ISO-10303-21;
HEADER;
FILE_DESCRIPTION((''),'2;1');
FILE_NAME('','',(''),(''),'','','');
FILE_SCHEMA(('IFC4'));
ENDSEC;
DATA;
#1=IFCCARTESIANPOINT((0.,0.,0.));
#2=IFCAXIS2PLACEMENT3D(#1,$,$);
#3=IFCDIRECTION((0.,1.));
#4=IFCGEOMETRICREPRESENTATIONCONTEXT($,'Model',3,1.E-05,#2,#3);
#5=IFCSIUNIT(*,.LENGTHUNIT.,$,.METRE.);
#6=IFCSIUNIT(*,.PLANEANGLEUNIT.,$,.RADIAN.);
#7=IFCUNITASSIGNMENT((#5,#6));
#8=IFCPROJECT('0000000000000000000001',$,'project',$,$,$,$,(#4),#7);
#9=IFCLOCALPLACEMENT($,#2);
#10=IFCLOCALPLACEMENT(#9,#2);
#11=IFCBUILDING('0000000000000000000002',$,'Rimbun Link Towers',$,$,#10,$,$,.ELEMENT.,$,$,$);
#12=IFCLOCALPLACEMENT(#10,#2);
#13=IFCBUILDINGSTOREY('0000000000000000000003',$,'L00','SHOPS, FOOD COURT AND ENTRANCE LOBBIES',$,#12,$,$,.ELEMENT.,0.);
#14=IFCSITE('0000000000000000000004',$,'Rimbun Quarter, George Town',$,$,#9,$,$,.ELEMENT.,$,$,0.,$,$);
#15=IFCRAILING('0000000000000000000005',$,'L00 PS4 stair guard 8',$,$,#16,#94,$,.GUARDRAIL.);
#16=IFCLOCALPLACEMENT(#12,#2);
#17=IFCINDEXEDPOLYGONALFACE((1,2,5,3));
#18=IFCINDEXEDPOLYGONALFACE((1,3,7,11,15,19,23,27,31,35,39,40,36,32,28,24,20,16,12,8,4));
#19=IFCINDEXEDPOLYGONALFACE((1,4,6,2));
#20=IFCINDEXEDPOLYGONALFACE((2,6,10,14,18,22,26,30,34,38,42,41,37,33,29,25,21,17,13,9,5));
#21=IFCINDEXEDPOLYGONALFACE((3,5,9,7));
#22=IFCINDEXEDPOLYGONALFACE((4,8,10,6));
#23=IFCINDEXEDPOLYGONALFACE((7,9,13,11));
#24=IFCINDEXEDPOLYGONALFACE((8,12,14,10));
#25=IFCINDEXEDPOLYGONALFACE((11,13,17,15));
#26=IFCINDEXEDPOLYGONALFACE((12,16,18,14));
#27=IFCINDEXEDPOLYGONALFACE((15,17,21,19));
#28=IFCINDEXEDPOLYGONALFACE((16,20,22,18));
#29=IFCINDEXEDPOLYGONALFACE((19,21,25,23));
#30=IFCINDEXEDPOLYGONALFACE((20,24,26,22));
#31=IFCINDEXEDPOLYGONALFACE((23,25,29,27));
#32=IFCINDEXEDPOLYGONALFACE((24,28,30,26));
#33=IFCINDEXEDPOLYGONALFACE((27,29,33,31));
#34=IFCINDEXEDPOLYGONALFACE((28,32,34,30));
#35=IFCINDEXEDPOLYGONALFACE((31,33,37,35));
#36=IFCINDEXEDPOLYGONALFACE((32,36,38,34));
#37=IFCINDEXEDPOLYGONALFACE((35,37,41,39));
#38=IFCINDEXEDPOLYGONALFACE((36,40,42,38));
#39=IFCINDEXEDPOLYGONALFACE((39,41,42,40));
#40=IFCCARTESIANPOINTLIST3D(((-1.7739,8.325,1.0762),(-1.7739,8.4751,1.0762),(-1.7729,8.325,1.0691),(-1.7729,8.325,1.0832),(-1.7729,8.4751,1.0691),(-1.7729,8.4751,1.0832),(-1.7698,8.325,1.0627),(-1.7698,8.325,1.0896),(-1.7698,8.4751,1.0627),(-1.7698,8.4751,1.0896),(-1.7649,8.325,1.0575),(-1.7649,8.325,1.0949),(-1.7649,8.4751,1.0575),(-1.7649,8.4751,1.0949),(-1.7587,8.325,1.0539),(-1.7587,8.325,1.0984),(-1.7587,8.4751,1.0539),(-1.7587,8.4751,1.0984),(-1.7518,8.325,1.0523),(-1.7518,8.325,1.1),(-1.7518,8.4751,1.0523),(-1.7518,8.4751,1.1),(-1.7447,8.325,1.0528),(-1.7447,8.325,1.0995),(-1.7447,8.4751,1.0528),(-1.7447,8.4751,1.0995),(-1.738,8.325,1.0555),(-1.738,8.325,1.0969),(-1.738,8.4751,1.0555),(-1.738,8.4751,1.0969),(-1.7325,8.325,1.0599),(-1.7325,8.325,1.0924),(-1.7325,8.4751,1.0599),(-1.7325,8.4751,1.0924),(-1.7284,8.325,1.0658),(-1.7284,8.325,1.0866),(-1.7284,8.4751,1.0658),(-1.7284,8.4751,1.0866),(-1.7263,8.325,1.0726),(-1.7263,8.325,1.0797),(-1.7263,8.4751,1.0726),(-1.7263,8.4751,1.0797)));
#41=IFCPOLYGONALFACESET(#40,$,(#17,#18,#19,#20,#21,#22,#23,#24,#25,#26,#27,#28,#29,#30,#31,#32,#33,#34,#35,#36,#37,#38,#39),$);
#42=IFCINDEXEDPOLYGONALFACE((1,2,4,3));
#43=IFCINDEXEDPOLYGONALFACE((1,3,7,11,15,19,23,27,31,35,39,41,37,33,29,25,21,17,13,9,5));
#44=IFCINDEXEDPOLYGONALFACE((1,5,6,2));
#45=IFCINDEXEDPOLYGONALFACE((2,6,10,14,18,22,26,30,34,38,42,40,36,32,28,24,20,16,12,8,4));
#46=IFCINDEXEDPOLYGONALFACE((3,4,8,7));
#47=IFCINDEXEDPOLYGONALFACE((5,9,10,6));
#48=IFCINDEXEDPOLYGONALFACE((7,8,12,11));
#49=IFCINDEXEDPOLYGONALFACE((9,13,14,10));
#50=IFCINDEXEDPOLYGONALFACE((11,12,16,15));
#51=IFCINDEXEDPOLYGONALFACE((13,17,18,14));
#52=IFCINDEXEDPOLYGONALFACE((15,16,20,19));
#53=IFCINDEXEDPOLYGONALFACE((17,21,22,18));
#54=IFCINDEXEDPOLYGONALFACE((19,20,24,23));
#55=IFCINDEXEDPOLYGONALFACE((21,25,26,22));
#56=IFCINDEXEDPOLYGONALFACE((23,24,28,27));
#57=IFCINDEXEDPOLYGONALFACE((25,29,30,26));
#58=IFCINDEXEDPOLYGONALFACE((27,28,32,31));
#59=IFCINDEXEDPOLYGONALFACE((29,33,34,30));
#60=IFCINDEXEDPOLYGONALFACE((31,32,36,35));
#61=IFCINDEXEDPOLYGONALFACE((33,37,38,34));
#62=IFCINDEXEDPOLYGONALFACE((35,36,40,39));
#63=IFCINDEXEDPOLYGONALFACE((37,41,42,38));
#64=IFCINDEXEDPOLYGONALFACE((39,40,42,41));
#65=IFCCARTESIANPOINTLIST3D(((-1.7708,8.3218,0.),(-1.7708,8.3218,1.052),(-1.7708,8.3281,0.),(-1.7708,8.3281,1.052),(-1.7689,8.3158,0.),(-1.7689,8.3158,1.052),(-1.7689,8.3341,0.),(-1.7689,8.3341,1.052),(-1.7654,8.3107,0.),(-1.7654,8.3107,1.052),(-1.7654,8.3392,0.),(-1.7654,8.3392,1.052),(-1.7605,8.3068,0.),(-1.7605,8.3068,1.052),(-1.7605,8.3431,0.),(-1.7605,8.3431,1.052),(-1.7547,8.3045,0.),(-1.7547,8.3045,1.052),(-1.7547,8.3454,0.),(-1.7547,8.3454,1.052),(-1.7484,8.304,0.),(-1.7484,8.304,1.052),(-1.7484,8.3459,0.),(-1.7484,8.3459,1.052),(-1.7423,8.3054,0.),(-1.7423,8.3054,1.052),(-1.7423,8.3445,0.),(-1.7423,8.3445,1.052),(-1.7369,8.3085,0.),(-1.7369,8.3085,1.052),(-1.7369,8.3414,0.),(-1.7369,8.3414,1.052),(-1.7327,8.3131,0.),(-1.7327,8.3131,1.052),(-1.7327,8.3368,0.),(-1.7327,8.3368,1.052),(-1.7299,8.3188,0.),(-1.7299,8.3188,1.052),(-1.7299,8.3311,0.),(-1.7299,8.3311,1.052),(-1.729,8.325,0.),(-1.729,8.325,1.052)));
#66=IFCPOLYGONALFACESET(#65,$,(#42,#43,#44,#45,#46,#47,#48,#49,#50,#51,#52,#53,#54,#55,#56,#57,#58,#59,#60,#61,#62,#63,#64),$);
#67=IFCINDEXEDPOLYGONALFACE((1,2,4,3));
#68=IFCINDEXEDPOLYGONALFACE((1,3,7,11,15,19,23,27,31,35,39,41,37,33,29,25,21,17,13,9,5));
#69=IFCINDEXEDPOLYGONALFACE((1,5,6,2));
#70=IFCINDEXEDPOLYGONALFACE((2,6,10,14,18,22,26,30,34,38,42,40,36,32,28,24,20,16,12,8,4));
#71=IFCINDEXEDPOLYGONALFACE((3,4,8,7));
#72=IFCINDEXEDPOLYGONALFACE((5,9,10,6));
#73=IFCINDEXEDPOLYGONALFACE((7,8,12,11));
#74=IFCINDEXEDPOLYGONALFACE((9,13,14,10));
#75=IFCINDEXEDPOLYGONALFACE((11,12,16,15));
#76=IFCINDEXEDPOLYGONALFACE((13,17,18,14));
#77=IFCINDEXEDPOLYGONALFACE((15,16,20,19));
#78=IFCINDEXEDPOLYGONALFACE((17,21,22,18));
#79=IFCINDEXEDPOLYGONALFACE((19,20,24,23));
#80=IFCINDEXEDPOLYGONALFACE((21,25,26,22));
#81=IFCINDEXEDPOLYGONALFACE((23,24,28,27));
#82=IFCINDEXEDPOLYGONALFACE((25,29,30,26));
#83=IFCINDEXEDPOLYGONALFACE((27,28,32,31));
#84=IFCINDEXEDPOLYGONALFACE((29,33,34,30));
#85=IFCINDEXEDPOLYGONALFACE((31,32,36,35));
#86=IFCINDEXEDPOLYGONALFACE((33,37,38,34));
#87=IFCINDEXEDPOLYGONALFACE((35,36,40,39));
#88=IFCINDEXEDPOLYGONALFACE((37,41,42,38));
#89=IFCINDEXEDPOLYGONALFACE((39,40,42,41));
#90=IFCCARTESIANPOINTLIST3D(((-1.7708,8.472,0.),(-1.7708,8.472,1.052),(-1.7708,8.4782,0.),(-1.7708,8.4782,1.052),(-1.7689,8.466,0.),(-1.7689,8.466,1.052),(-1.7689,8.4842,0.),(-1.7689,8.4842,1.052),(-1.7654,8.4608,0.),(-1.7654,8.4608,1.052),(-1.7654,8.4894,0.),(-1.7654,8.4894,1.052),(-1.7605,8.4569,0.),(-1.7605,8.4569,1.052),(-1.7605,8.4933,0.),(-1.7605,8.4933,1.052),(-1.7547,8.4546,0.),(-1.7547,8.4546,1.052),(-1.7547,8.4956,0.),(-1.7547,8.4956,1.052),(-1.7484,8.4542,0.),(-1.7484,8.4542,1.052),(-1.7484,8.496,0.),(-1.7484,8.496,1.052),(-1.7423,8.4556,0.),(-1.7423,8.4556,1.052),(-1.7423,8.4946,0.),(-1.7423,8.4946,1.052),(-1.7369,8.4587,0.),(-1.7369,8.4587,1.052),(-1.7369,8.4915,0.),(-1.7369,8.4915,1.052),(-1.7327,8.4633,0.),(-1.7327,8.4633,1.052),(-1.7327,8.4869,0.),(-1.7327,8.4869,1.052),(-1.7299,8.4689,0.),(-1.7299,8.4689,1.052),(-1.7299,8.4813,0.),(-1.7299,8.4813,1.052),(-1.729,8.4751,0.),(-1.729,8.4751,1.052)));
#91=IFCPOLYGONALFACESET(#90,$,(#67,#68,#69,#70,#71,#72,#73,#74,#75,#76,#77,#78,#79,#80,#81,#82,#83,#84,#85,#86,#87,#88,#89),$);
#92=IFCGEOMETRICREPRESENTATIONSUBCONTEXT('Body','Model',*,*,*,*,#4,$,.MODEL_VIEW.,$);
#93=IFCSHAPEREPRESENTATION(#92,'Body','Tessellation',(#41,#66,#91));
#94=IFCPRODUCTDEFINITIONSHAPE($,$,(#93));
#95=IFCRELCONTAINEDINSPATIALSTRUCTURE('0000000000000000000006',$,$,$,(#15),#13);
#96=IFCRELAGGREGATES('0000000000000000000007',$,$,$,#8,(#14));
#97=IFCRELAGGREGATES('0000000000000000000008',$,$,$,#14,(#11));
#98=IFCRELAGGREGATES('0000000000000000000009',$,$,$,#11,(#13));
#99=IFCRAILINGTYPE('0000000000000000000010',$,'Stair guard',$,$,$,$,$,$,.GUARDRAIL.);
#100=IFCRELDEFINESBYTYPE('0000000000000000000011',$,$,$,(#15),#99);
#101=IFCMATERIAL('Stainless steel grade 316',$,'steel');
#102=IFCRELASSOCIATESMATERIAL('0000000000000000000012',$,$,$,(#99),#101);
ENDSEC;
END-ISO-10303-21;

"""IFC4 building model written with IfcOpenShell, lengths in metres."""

from ifc_helpers import new_model, si_unit, direction, frame, origin, origin_2d, place, context, subcontext, project, spatial, circle, extrude, material, type_object, element, save


model = new_model("IFC4")

# Units and contexts
model_context = context("Model", 3, precision=1e-05, world=origin(), true_north=direction((0.0, 1.0)))
body_context = subcontext(model_context, "Body", "Model", "MODEL_VIEW")
ifc_project = project(units=[si_unit("LENGTHUNIT", "METRE"), si_unit("PLANEANGLEUNIT", "RADIAN")], contexts=[model_context])

# Site, building, storey
site_placement = place(None, origin())
site = spatial("IfcSite", under=ifc_project, at=site_placement, Name="Rimbun Quarter, George Town", CompositionType="ELEMENT", RefElevation=0.0)
building_placement = place(site_placement, origin())
building = spatial("IfcBuilding", under=site, at=building_placement, Name="Rimbun Link Towers", CompositionType="ELEMENT")
storey_placement = place(building_placement, origin())
storey = spatial("IfcBuildingStorey", under=building, at=storey_placement, Name="L00", Description="SHOPS, FOOD COURT AND ENTRANCE LOBBIES", CompositionType="ELEMENT", Elevation=0.0)

# Railing
ifc_material_1 = material(Name="Stainless steel grade 316", Category="steel")
railing_type_1 = type_object("IfcRailingType", Name="Stair guard", PredefinedType="GUARDRAIL", material=ifc_material_1)
railing_1_placement = place(storey_placement, frame((-1.75, 8.325, 0.0)))
element("IfcRailing", 1, at=railing_1_placement, inside=storey, type_object=railing_type_1, Name="L00 PS4 stair guard 8", PredefinedType="GUARDRAIL", context=body_context, shape_type="SweptSolid", body=[
    extrude(circle(Radius=0.0239, at=origin_2d()), frame((0.0, 0.0, 1.0762), z_axis=(0.0, 1.0, 0.0), x_axis=(-1.0, 0.0, 0.0)), (0.0, 0.0, 1.0), 0.1501),
    extrude(circle(Radius=0.021, at=origin_2d()), origin(), (0.0, 0.0, 1.0), 1.052),
    extrude(circle(Radius=0.021, at=origin_2d()), frame((0.0, 0.1501, 0.0)), (0.0, 0.0, 1.0), 1.052),
])

save(model, "model.ifc")
